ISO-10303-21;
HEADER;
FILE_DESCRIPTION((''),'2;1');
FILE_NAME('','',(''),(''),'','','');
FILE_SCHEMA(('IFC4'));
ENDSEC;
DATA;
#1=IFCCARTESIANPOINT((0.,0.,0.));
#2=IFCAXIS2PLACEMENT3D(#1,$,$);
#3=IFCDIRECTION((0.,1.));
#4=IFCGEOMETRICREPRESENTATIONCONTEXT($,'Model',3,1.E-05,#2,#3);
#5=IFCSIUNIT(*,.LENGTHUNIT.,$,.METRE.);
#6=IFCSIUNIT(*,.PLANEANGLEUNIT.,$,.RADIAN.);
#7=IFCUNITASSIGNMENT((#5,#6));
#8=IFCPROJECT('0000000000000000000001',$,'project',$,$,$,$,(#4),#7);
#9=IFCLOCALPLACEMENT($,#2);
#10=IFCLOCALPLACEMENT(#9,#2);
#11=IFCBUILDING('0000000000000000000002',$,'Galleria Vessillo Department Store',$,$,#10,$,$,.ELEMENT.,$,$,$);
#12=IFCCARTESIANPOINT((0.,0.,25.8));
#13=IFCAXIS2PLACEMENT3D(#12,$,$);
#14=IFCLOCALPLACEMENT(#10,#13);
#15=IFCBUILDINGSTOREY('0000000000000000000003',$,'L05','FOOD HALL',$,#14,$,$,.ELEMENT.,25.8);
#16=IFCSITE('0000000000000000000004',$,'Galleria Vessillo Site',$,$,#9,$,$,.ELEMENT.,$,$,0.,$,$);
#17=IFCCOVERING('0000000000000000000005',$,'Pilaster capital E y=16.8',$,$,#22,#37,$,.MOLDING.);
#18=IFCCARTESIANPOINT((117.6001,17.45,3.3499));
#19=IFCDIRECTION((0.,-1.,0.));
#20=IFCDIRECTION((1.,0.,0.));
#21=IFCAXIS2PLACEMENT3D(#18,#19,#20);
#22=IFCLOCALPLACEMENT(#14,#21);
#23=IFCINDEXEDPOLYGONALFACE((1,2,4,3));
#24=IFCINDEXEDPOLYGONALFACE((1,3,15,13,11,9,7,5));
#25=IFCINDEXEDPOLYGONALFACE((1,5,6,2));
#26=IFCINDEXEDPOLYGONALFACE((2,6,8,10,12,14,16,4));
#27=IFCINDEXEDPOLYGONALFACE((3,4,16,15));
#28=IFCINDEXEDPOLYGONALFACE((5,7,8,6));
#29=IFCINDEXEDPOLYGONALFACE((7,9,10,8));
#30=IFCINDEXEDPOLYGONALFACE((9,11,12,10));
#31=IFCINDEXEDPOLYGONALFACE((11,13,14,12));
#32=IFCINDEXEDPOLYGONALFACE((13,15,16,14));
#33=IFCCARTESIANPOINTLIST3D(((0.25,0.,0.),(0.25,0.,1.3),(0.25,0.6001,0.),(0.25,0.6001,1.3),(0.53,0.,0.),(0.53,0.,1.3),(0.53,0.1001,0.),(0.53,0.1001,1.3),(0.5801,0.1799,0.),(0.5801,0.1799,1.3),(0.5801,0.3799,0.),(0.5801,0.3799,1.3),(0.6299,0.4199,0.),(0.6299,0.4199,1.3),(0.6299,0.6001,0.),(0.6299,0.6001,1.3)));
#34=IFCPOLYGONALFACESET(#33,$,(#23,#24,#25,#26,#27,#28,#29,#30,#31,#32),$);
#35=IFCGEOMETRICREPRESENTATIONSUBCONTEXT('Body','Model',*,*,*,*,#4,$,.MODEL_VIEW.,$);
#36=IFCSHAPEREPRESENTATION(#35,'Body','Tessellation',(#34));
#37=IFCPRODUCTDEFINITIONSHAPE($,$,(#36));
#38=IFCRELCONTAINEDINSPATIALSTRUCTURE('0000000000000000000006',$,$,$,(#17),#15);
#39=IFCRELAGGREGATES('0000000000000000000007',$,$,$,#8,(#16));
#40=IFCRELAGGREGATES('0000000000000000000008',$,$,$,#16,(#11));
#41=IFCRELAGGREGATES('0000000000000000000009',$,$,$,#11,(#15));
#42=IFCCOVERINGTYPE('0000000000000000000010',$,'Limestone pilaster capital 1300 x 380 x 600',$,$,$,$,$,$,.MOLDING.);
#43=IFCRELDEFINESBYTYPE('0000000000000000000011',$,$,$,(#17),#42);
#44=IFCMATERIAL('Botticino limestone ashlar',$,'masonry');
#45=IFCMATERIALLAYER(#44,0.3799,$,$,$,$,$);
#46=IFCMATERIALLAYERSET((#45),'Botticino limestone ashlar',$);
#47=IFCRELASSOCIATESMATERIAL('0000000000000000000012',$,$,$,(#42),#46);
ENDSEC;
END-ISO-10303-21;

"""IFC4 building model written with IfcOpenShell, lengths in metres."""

from ifc_helpers import new_model, si_unit, direction, frame, origin, place, context, subcontext, project, spatial, polyline, outline, extrude, material, layer, layer_set, type_object, element, save


model = new_model("IFC4")

# Units and contexts
model_context = context("Model", 3, precision=1e-05, world=origin(), true_north=direction((0.0, 1.0)))
body_context = subcontext(model_context, "Body", "Model", "MODEL_VIEW")
ifc_project = project(units=[si_unit("LENGTHUNIT", "METRE"), si_unit("PLANEANGLEUNIT", "RADIAN")], contexts=[model_context])

# Site, building, storey
site_placement = place(None, origin())
site = spatial("IfcSite", under=ifc_project, at=site_placement, Name="Galleria Vessillo Site", CompositionType="ELEMENT", RefElevation=0.0)
building_placement = place(site_placement, origin())
building = spatial("IfcBuilding", under=site, at=building_placement, Name="Galleria Vessillo Department Store", CompositionType="ELEMENT")
storey_placement = place(building_placement, frame((0.0, 0.0, 25.8)))
storey = spatial("IfcBuildingStorey", under=building, at=storey_placement, Name="L05", Description="FOOD HALL", CompositionType="ELEMENT", Elevation=25.8)

# Covering
ifc_material_1 = material(Name="Botticino limestone ashlar", Category="masonry")
ifc_layer_1 = layer(ifc_material_1, 0.3799)
ifc_layer_set_1 = layer_set([ifc_layer_1], Name="Botticino limestone ashlar")
covering_type_1 = type_object("IfcCoveringType", Name="Limestone pilaster capital 1300 x 380 x 600", PredefinedType="MOLDING", material=ifc_layer_set_1)
covering_1_placement = place(storey_placement, frame((117.6001, 17.45, 3.3499), z_axis=(0.0, -1.0, 0.0), x_axis=(1.0, 0.0, 0.0)))
element("IfcCovering", 1, at=covering_1_placement, inside=storey, type_object=covering_type_1, Name="Pilaster capital E y=16.8", PredefinedType="MOLDING", context=body_context, shape_type="SweptSolid", body=[
    extrude(outline(polyline([(0.25, 0.0), (0.53, 0.0), (0.53, 0.1001), (0.5801, 0.1799), (0.5801, 0.3799), (0.6299, 0.4199), (0.6299, 0.6001), (0.25, 0.6001), (0.25, 0.0)])), origin(), (0.0, 0.0, 1.0), 1.3),
])

save(model, "model.ifc")
